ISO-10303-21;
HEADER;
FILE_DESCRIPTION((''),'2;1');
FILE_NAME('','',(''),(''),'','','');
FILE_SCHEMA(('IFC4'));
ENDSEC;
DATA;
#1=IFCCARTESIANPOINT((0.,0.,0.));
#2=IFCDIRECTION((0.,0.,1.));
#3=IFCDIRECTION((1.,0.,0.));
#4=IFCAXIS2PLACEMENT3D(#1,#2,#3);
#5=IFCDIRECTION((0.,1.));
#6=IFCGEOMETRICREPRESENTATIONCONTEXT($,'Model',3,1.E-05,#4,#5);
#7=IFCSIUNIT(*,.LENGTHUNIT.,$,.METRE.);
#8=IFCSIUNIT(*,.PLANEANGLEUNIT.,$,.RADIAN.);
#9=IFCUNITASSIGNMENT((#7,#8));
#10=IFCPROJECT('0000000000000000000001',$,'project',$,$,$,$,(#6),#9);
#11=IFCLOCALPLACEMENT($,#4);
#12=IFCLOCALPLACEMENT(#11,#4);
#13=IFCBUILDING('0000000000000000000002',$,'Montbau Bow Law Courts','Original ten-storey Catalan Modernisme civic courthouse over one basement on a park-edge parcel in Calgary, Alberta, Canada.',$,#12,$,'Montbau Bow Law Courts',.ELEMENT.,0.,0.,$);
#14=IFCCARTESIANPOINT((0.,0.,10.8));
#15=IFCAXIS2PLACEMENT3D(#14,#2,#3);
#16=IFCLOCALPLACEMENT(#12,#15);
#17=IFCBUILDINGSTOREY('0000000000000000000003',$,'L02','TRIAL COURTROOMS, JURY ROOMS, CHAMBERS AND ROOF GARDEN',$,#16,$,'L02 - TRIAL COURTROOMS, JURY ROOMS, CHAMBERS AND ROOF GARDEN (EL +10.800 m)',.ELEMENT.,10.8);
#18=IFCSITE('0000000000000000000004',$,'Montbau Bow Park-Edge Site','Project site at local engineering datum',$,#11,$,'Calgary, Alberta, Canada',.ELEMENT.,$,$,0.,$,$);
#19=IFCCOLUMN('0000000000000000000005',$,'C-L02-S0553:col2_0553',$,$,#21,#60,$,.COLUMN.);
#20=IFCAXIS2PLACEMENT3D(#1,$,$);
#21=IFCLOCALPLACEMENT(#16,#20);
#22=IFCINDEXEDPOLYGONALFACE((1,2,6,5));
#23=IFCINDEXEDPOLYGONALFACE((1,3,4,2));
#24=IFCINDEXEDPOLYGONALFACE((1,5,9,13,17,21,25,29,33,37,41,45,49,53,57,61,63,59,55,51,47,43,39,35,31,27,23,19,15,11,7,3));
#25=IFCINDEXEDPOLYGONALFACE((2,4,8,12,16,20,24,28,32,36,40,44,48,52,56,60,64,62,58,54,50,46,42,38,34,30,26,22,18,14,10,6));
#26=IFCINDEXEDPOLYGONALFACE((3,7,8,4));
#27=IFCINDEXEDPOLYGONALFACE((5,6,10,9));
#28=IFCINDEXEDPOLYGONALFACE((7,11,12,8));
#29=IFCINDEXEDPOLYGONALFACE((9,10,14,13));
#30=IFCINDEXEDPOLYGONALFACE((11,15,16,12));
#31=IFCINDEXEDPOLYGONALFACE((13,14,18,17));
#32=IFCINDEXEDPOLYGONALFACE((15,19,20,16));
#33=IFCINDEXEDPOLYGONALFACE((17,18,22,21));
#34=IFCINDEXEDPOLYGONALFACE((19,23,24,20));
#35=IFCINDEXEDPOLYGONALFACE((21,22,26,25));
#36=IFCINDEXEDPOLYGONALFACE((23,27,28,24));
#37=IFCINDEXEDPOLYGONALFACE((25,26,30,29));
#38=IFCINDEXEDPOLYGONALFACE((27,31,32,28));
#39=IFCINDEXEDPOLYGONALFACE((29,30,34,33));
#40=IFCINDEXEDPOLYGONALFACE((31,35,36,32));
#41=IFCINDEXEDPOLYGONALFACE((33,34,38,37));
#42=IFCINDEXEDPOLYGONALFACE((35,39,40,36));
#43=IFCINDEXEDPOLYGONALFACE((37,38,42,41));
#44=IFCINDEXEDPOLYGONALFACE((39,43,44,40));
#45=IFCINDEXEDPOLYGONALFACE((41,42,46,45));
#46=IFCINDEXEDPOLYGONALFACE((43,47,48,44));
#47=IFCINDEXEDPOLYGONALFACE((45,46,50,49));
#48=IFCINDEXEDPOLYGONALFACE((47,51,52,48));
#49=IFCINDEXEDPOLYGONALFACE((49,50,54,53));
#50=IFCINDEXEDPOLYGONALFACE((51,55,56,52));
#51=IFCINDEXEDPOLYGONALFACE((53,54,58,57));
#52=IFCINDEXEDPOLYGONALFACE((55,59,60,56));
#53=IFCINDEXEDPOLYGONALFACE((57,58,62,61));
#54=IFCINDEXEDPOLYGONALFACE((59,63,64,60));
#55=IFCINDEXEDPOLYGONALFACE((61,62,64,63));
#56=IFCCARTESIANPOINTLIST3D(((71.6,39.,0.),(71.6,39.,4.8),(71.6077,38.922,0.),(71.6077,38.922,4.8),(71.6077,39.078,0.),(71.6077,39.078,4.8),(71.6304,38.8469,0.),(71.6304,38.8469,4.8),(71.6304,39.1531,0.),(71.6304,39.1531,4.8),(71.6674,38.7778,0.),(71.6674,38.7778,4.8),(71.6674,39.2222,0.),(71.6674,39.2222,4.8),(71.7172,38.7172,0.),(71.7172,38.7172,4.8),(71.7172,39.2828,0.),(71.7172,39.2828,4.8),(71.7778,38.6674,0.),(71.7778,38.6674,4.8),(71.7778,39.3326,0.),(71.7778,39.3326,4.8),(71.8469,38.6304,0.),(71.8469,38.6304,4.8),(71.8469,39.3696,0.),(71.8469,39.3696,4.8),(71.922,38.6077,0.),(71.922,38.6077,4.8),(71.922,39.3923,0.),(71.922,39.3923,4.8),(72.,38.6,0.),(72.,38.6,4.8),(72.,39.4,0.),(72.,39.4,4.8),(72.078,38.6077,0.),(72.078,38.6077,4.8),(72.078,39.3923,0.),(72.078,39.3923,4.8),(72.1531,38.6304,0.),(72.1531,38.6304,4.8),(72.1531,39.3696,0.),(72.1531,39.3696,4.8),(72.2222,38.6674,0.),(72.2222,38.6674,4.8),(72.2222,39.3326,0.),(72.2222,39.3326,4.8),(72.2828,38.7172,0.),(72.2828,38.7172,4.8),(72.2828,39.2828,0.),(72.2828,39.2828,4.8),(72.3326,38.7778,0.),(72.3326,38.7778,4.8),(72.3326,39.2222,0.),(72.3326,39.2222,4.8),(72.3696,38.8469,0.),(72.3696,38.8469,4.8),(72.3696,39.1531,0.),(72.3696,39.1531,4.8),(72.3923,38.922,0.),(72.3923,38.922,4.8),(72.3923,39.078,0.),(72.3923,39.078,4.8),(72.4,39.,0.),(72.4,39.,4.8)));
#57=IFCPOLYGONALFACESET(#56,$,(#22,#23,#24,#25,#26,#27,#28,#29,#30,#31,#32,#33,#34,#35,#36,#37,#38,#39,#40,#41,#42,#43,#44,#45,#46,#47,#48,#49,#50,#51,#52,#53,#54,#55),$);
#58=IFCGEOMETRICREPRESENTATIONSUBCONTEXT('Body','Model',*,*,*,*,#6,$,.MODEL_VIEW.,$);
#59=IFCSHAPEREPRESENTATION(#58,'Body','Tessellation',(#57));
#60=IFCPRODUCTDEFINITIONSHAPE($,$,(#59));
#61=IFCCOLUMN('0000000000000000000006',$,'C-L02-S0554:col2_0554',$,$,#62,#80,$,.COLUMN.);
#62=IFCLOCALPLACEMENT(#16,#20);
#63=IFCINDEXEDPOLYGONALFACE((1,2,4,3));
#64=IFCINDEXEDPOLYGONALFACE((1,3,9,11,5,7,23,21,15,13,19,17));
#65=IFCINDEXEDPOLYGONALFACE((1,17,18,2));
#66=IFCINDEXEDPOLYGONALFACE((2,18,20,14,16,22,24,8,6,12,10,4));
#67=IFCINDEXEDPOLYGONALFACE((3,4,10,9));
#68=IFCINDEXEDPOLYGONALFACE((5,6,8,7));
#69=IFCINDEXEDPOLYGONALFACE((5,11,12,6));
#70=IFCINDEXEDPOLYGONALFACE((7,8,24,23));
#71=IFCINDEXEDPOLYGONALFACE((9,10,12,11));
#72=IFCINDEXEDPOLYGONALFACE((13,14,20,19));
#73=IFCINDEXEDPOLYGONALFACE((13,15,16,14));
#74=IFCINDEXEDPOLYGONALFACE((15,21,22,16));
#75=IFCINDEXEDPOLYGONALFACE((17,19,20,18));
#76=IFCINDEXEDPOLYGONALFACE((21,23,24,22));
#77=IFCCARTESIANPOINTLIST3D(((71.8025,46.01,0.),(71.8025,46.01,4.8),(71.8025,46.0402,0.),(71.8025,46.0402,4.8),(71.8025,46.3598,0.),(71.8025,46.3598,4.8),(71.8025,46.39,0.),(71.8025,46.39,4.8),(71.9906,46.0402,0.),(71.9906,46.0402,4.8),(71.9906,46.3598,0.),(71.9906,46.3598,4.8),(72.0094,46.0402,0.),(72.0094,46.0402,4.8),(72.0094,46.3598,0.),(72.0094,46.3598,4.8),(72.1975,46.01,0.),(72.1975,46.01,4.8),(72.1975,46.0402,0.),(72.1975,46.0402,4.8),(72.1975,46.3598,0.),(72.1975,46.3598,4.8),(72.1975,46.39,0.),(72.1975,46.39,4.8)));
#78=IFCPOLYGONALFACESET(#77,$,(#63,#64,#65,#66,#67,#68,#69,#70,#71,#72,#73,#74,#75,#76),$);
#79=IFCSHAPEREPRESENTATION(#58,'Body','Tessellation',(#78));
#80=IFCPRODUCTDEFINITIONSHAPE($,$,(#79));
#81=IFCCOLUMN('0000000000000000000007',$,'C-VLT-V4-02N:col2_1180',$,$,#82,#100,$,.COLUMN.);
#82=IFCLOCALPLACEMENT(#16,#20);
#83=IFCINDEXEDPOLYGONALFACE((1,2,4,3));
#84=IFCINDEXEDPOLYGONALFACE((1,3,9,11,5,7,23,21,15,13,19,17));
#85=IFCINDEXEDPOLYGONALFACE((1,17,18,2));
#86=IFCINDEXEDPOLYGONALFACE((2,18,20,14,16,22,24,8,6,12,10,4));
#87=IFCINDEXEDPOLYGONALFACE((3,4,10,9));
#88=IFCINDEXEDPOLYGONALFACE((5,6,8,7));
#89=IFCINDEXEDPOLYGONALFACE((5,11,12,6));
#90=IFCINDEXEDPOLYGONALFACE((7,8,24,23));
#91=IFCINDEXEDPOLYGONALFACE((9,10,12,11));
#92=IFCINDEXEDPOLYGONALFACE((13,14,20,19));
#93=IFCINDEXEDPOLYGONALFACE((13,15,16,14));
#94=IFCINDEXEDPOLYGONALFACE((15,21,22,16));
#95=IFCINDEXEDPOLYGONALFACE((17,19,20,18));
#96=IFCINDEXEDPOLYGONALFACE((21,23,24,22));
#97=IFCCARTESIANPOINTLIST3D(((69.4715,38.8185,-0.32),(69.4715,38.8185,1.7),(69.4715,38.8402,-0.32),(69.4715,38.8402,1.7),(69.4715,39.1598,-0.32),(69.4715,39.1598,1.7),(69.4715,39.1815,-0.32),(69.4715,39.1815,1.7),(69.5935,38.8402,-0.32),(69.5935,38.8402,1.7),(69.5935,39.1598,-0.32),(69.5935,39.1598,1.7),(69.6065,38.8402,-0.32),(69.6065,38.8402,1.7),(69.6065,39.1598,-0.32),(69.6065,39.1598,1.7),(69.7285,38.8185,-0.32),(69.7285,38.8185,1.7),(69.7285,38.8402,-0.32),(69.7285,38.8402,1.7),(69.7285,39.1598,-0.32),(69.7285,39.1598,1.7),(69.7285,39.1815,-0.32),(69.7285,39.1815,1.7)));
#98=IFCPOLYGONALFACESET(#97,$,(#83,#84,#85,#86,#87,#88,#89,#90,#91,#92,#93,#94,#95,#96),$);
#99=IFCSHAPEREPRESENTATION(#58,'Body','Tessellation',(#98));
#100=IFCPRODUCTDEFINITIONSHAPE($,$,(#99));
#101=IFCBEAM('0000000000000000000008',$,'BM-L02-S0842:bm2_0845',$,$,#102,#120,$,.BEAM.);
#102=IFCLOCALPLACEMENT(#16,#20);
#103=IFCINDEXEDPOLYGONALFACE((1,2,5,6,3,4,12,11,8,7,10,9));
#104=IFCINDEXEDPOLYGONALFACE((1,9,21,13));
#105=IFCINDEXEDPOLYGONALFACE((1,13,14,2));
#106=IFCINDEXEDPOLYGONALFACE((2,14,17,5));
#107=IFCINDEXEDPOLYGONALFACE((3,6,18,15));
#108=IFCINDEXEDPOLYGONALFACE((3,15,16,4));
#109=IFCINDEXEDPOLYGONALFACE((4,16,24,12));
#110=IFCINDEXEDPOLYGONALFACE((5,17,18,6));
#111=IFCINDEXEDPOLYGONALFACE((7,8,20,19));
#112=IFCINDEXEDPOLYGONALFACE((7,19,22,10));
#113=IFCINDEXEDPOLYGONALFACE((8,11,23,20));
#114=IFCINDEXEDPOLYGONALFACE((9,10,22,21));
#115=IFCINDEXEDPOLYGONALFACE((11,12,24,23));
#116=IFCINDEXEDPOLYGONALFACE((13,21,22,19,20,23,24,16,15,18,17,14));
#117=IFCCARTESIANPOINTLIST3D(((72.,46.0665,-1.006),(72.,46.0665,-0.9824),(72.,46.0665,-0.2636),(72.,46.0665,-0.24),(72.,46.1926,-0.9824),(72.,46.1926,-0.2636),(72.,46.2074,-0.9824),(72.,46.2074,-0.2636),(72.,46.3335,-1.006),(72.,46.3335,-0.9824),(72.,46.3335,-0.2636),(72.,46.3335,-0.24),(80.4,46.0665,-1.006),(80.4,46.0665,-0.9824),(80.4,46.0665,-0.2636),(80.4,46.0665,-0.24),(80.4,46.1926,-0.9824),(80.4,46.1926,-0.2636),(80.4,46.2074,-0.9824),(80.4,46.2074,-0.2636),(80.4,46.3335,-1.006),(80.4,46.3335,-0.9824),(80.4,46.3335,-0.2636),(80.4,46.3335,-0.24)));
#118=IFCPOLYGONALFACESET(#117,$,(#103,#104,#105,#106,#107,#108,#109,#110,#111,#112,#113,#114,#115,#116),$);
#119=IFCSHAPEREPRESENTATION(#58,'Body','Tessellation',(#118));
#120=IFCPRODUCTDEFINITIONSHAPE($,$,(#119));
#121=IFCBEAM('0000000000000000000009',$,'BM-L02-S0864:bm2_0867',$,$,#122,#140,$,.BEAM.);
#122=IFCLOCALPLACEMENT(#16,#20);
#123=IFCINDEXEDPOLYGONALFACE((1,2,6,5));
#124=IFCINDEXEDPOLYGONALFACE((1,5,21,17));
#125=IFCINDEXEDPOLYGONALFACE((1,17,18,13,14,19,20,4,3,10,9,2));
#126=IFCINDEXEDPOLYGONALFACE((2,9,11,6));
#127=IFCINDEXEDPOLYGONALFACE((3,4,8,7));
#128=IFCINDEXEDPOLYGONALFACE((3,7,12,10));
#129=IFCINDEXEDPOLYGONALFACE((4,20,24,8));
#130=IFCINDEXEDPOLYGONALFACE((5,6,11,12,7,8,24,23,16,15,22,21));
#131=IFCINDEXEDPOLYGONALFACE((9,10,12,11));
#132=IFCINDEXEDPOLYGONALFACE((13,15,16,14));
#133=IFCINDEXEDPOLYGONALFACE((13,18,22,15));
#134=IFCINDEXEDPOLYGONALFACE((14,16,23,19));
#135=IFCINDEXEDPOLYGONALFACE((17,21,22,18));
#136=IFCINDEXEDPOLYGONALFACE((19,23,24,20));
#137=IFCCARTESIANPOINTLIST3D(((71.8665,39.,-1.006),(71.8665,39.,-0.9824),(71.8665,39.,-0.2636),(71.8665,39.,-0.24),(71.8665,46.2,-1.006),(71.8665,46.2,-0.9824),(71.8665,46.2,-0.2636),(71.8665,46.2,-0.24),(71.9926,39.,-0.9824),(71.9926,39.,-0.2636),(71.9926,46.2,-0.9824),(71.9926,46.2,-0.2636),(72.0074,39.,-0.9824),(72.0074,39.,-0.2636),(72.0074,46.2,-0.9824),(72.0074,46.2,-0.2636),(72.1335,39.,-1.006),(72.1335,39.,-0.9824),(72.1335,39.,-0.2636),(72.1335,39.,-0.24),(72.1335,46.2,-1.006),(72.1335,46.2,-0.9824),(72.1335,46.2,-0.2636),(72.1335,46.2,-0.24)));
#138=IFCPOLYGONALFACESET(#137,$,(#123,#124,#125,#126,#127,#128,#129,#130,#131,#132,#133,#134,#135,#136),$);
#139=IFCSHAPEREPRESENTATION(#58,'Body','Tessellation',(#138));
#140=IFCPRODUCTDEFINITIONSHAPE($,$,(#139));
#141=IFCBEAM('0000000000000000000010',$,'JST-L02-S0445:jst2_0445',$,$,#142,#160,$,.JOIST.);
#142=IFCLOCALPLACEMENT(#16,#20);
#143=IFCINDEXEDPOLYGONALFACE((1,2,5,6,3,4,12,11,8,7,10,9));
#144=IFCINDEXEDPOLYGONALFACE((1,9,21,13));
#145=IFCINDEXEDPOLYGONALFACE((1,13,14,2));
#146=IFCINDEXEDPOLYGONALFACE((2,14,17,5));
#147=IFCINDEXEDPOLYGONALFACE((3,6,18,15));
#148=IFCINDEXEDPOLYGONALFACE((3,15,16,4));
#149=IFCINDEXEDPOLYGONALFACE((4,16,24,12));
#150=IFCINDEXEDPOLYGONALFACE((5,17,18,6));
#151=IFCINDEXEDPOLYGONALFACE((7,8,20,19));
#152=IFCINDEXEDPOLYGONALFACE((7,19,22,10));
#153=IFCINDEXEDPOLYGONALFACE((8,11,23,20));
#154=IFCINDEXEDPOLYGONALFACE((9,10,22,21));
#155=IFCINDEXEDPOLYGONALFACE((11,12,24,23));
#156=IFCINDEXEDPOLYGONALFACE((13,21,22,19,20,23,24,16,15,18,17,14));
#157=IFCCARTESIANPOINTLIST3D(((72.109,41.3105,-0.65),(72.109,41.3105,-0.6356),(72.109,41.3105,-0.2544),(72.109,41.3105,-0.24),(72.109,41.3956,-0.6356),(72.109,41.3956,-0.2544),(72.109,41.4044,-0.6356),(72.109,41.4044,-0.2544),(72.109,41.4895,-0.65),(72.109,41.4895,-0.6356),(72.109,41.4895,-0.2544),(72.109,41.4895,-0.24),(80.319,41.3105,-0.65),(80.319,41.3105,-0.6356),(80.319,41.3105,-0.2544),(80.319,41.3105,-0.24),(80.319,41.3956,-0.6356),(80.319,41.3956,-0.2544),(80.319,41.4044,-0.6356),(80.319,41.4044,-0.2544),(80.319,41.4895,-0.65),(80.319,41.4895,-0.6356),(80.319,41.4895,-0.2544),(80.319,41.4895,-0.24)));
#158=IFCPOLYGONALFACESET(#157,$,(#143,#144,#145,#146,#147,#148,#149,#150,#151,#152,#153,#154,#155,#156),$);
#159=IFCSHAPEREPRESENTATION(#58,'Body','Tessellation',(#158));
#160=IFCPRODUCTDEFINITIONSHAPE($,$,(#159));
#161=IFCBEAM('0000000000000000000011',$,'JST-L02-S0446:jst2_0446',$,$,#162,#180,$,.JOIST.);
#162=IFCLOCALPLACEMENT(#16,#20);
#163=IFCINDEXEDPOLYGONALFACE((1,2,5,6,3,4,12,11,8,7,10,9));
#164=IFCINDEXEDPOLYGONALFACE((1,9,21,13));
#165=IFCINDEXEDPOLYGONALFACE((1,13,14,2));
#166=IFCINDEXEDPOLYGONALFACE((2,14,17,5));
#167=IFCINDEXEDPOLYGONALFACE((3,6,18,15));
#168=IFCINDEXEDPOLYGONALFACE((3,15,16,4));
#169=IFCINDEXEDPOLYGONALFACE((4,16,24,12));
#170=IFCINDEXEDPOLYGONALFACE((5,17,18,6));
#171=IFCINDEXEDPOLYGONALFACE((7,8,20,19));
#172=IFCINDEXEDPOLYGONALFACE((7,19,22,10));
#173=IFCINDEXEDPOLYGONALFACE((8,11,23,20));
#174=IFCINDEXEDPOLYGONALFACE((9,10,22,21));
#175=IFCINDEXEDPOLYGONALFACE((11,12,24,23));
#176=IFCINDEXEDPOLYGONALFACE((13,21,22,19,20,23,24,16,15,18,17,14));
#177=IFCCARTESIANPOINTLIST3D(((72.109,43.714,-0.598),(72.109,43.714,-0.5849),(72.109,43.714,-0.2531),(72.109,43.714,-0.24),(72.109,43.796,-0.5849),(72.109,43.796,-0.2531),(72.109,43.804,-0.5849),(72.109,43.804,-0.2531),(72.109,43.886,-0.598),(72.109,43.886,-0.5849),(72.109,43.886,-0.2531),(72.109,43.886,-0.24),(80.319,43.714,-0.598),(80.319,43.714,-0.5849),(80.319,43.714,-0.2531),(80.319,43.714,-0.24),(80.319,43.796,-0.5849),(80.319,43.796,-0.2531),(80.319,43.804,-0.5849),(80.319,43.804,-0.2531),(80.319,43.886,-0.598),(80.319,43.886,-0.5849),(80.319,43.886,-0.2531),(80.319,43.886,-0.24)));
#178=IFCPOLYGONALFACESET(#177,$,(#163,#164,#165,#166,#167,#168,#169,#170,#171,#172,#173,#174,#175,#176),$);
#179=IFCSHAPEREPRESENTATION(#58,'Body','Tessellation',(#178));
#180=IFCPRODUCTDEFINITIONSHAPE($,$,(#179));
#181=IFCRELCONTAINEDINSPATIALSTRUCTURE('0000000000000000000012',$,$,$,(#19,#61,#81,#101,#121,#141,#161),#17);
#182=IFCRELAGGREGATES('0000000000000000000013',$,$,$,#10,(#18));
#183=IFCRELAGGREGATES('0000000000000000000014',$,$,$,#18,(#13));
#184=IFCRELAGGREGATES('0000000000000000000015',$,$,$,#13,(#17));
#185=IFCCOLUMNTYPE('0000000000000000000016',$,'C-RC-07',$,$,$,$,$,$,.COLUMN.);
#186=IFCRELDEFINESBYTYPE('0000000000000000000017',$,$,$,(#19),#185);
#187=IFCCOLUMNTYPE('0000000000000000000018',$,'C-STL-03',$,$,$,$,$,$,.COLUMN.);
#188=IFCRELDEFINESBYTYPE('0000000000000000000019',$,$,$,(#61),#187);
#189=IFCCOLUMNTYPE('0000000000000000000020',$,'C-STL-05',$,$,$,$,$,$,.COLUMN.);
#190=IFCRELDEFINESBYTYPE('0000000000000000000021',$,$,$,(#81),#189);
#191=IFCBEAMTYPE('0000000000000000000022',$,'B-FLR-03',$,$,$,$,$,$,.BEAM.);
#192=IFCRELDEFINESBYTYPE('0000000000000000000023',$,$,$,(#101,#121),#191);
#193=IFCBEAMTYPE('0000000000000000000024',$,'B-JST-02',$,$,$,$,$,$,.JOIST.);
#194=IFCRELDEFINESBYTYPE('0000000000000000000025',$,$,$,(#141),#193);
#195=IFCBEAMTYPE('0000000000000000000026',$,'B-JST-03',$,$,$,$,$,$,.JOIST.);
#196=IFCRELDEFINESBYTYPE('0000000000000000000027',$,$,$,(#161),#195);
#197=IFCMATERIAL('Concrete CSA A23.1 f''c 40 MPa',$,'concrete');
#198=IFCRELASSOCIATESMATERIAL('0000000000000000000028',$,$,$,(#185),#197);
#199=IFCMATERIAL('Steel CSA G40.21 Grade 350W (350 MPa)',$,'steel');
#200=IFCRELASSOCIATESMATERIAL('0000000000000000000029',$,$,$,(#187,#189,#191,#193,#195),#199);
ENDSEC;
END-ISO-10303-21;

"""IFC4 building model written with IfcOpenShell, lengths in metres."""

from ifc_helpers import new_model, si_unit, direction, frame, origin_with_axes, origin_2d_with_axis, place, context, subcontext, project, spatial, circle, i_section, extrude, material, material_profile, profile_set, type_object, element, save


model = new_model("IFC4")

# Units and contexts
model_context = context("Model", 3, precision=1e-05, world=origin_with_axes(), true_north=direction((0.0, 1.0)))
body_context = subcontext(model_context, "Body", "Model", "MODEL_VIEW")
ifc_project = project(units=[si_unit("LENGTHUNIT", "METRE"), si_unit("PLANEANGLEUNIT", "RADIAN")], contexts=[model_context])

# Site, building, storey
site_placement = place(None, origin_with_axes())
site = spatial("IfcSite", under=ifc_project, at=site_placement, Name="Montbau Bow Park-Edge Site", Description="Project site at local engineering datum", LongName="Calgary, Alberta, Canada", CompositionType="ELEMENT", RefElevation=0.0)
building_placement = place(site_placement, origin_with_axes())
building = spatial("IfcBuilding", under=site, at=building_placement, Name="Montbau Bow Law Courts", Description="Original ten-storey Catalan Modernisme civic courthouse over one basement on a park-edge parcel in Calgary, Alberta, Canada.", LongName="Montbau Bow Law Courts", CompositionType="ELEMENT", ElevationOfRefHeight=0.0, ElevationOfTerrain=0.0)
storey_placement = place(building_placement, frame((0.0, 0.0, 10.8), z_axis=(0.0, 0.0, 1.0), x_axis=(1.0, 0.0, 0.0)))
storey = spatial("IfcBuildingStorey", under=building, at=storey_placement, Name="L02", Description="TRIAL COURTROOMS, JURY ROOMS, CHAMBERS AND ROOF GARDEN", LongName="L02 - TRIAL COURTROOMS, JURY ROOMS, CHAMBERS AND ROOF GARDEN (EL +10.800 m)", CompositionType="ELEMENT", Elevation=10.8)

# Columns
ifc_material_1 = material(Name="Concrete CSA A23.1 f'c 40 MPa", Category="concrete")
ifc_material_profile_1 = material_profile(ifc_material_1, circle(Radius=0.4, at=origin_2d_with_axis()), Name="RC800D", Category="Main", Priority=0)
ifc_profile_set_1 = profile_set([ifc_material_profile_1], Name="Concrete CSA A23.1 f'c 40 MPa")
column_type_1 = type_object("IfcColumnType", Name="C-RC-07", PredefinedType="COLUMN", material=ifc_profile_set_1)
column_1_placement = place(None, frame((72.0, 39.0, 10.8), z_axis=(0.0, 0.0, 1.0), x_axis=(1.0, 0.0, 0.0)))
element("IfcColumn", 1, at=column_1_placement, inside=storey, type_object=column_type_1, Name="C-L02-S0553:col2_0553", PredefinedType="COLUMN", context=body_context, shape_type="SweptSolid", body=[
    extrude(circle(Radius=0.4, at=origin_2d_with_axis()), origin_with_axes(), (0.0, 0.0, 1.0), 4.8),
])
ifc_material_2 = material(Name="Steel CSA G40.21 Grade 350W (350 MPa)", Category="steel")
ifc_material_profile_2 = material_profile(ifc_material_2, i_section(OverallWidth=0.395, OverallDepth=0.38, WebThickness=0.0189, FlangeThickness=0.0302, at=origin_2d_with_axis()), Name="W360X237", Category="Main", Priority=0)
ifc_profile_set_2 = profile_set([ifc_material_profile_2], Name="Steel CSA G40.21 Grade 350W (350 MPa)")
column_type_2 = type_object("IfcColumnType", Name="C-STL-03", PredefinedType="COLUMN", material=ifc_profile_set_2)
column_2_placement = place(None, frame((72.0, 46.2, 10.8), z_axis=(0.0, 0.0, 1.0), x_axis=(1.0, 0.0, 0.0)))
element("IfcColumn", 2, at=column_2_placement, inside=storey, type_object=column_type_2, Name="C-L02-S0554:col2_0554", PredefinedType="COLUMN", context=body_context, shape_type="SweptSolid", body=[
    extrude(i_section(OverallWidth=0.395, OverallDepth=0.38, WebThickness=0.0189, FlangeThickness=0.0302, at=origin_2d_with_axis()), origin_with_axes(), (0.0, 0.0, 1.0), 4.8),
])
ifc_material_profile_3 = material_profile(ifc_material_2, i_section(OverallWidth=0.257, OverallDepth=0.363, WebThickness=0.013, FlangeThickness=0.0217, at=origin_2d_with_axis()), Name="W360X122", Category="Main", Priority=0)
ifc_profile_set_3 = profile_set([ifc_material_profile_3], Name="Steel CSA G40.21 Grade 350W (350 MPa)")
column_type_3 = type_object("IfcColumnType", Name="C-STL-05", PredefinedType="COLUMN", material=ifc_profile_set_3)
column_3_placement = place(None, frame((69.6, 39.0, 10.48), z_axis=(0.0, 0.0, 1.0), x_axis=(1.0, 0.0, 0.0)))
element("IfcColumn", 3, at=column_3_placement, inside=storey, type_object=column_type_3, Name="C-VLT-V4-02N:col2_1180", PredefinedType="COLUMN", context=body_context, shape_type="SweptSolid", body=[
    extrude(i_section(OverallWidth=0.257, OverallDepth=0.363, WebThickness=0.013, FlangeThickness=0.0217, at=origin_2d_with_axis()), origin_with_axes(), (0.0, 0.0, 1.0), 2.02),
])

# Beams
ifc_material_profile_4 = material_profile(ifc_material_2, i_section(OverallWidth=0.267, OverallDepth=0.766, WebThickness=0.0149, FlangeThickness=0.0236, at=origin_2d_with_axis()), Name="W760X185", Category="Main", Priority=0)
ifc_profile_set_4 = profile_set([ifc_material_profile_4], Name="Steel CSA G40.21 Grade 350W (350 MPa)")
beam_type_1 = type_object("IfcBeamType", Name="B-FLR-03", PredefinedType="BEAM", material=ifc_profile_set_4)
beam_1_placement = place(None, frame((72.0, 46.2, 10.177), z_axis=(1.0, 0.0, 0.0), x_axis=(0.0, 1.0, 0.0)))
element("IfcBeam", 4, at=beam_1_placement, inside=storey, type_object=beam_type_1, Name="BM-L02-S0842:bm2_0845", PredefinedType="BEAM", context=body_context, shape_type="SweptSolid", body=[
    extrude(i_section(OverallWidth=0.267, OverallDepth=0.766, WebThickness=0.0149, FlangeThickness=0.0236, at=origin_2d_with_axis()), origin_with_axes(), (0.0, 0.0, 1.0), 8.4),
])
beam_2_placement = place(None, frame((72.0, 39.0, 10.177), z_axis=(0.0, 1.0, 0.0), x_axis=(-1.0, 0.0, 0.0)))
element("IfcBeam", 5, at=beam_2_placement, inside=storey, type_object=beam_type_1, Name="BM-L02-S0864:bm2_0867", PredefinedType="BEAM", context=body_context, shape_type="SweptSolid", body=[
    extrude(i_section(OverallWidth=0.267, OverallDepth=0.766, WebThickness=0.0149, FlangeThickness=0.0236, at=origin_2d_with_axis()), origin_with_axes(), (0.0, 0.0, 1.0), 7.2),
])
ifc_material_profile_5 = material_profile(ifc_material_2, i_section(OverallWidth=0.179, OverallDepth=0.41, WebThickness=0.0088, FlangeThickness=0.0144, at=origin_2d_with_axis()), Name="W410X67", Category="Main", Priority=0)
ifc_profile_set_5 = profile_set([ifc_material_profile_5], Name="Steel CSA G40.21 Grade 350W (350 MPa)")
beam_type_2 = type_object("IfcBeamType", Name="B-JST-02", PredefinedType="JOIST", material=ifc_profile_set_5)
beam_3_placement = place(None, frame((72.109, 41.4, 10.355), z_axis=(1.0, 0.0, 0.0), x_axis=(0.0, 1.0, 0.0)))
element("IfcBeam", 6, at=beam_3_placement, inside=storey, type_object=beam_type_2, Name="JST-L02-S0445:jst2_0445", PredefinedType="JOIST", context=body_context, shape_type="SweptSolid", body=[
    extrude(i_section(OverallWidth=0.179, OverallDepth=0.41, WebThickness=0.0088, FlangeThickness=0.0144, at=origin_2d_with_axis()), origin_with_axes(), (0.0, 0.0, 1.0), 8.21),
])
ifc_material_profile_6 = material_profile(ifc_material_2, i_section(OverallWidth=0.172, OverallDepth=0.358, WebThickness=0.0079, FlangeThickness=0.0131, at=origin_2d_with_axis()), Name="W360X57", Category="Main", Priority=0)
ifc_profile_set_6 = profile_set([ifc_material_profile_6], Name="Steel CSA G40.21 Grade 350W (350 MPa)")
beam_type_3 = type_object("IfcBeamType", Name="B-JST-03", PredefinedType="JOIST", material=ifc_profile_set_6)
beam_4_placement = place(None, frame((72.109, 43.8, 10.381), z_axis=(1.0, 0.0, 0.0), x_axis=(0.0, 1.0, 0.0)))
element("IfcBeam", 7, at=beam_4_placement, inside=storey, type_object=beam_type_3, Name="JST-L02-S0446:jst2_0446", PredefinedType="JOIST", context=body_context, shape_type="SweptSolid", body=[
    extrude(i_section(OverallWidth=0.172, OverallDepth=0.358, WebThickness=0.0079, FlangeThickness=0.0131, at=origin_2d_with_axis()), origin_with_axes(), (0.0, 0.0, 1.0), 8.21),
])

save(model, "model.ifc")
